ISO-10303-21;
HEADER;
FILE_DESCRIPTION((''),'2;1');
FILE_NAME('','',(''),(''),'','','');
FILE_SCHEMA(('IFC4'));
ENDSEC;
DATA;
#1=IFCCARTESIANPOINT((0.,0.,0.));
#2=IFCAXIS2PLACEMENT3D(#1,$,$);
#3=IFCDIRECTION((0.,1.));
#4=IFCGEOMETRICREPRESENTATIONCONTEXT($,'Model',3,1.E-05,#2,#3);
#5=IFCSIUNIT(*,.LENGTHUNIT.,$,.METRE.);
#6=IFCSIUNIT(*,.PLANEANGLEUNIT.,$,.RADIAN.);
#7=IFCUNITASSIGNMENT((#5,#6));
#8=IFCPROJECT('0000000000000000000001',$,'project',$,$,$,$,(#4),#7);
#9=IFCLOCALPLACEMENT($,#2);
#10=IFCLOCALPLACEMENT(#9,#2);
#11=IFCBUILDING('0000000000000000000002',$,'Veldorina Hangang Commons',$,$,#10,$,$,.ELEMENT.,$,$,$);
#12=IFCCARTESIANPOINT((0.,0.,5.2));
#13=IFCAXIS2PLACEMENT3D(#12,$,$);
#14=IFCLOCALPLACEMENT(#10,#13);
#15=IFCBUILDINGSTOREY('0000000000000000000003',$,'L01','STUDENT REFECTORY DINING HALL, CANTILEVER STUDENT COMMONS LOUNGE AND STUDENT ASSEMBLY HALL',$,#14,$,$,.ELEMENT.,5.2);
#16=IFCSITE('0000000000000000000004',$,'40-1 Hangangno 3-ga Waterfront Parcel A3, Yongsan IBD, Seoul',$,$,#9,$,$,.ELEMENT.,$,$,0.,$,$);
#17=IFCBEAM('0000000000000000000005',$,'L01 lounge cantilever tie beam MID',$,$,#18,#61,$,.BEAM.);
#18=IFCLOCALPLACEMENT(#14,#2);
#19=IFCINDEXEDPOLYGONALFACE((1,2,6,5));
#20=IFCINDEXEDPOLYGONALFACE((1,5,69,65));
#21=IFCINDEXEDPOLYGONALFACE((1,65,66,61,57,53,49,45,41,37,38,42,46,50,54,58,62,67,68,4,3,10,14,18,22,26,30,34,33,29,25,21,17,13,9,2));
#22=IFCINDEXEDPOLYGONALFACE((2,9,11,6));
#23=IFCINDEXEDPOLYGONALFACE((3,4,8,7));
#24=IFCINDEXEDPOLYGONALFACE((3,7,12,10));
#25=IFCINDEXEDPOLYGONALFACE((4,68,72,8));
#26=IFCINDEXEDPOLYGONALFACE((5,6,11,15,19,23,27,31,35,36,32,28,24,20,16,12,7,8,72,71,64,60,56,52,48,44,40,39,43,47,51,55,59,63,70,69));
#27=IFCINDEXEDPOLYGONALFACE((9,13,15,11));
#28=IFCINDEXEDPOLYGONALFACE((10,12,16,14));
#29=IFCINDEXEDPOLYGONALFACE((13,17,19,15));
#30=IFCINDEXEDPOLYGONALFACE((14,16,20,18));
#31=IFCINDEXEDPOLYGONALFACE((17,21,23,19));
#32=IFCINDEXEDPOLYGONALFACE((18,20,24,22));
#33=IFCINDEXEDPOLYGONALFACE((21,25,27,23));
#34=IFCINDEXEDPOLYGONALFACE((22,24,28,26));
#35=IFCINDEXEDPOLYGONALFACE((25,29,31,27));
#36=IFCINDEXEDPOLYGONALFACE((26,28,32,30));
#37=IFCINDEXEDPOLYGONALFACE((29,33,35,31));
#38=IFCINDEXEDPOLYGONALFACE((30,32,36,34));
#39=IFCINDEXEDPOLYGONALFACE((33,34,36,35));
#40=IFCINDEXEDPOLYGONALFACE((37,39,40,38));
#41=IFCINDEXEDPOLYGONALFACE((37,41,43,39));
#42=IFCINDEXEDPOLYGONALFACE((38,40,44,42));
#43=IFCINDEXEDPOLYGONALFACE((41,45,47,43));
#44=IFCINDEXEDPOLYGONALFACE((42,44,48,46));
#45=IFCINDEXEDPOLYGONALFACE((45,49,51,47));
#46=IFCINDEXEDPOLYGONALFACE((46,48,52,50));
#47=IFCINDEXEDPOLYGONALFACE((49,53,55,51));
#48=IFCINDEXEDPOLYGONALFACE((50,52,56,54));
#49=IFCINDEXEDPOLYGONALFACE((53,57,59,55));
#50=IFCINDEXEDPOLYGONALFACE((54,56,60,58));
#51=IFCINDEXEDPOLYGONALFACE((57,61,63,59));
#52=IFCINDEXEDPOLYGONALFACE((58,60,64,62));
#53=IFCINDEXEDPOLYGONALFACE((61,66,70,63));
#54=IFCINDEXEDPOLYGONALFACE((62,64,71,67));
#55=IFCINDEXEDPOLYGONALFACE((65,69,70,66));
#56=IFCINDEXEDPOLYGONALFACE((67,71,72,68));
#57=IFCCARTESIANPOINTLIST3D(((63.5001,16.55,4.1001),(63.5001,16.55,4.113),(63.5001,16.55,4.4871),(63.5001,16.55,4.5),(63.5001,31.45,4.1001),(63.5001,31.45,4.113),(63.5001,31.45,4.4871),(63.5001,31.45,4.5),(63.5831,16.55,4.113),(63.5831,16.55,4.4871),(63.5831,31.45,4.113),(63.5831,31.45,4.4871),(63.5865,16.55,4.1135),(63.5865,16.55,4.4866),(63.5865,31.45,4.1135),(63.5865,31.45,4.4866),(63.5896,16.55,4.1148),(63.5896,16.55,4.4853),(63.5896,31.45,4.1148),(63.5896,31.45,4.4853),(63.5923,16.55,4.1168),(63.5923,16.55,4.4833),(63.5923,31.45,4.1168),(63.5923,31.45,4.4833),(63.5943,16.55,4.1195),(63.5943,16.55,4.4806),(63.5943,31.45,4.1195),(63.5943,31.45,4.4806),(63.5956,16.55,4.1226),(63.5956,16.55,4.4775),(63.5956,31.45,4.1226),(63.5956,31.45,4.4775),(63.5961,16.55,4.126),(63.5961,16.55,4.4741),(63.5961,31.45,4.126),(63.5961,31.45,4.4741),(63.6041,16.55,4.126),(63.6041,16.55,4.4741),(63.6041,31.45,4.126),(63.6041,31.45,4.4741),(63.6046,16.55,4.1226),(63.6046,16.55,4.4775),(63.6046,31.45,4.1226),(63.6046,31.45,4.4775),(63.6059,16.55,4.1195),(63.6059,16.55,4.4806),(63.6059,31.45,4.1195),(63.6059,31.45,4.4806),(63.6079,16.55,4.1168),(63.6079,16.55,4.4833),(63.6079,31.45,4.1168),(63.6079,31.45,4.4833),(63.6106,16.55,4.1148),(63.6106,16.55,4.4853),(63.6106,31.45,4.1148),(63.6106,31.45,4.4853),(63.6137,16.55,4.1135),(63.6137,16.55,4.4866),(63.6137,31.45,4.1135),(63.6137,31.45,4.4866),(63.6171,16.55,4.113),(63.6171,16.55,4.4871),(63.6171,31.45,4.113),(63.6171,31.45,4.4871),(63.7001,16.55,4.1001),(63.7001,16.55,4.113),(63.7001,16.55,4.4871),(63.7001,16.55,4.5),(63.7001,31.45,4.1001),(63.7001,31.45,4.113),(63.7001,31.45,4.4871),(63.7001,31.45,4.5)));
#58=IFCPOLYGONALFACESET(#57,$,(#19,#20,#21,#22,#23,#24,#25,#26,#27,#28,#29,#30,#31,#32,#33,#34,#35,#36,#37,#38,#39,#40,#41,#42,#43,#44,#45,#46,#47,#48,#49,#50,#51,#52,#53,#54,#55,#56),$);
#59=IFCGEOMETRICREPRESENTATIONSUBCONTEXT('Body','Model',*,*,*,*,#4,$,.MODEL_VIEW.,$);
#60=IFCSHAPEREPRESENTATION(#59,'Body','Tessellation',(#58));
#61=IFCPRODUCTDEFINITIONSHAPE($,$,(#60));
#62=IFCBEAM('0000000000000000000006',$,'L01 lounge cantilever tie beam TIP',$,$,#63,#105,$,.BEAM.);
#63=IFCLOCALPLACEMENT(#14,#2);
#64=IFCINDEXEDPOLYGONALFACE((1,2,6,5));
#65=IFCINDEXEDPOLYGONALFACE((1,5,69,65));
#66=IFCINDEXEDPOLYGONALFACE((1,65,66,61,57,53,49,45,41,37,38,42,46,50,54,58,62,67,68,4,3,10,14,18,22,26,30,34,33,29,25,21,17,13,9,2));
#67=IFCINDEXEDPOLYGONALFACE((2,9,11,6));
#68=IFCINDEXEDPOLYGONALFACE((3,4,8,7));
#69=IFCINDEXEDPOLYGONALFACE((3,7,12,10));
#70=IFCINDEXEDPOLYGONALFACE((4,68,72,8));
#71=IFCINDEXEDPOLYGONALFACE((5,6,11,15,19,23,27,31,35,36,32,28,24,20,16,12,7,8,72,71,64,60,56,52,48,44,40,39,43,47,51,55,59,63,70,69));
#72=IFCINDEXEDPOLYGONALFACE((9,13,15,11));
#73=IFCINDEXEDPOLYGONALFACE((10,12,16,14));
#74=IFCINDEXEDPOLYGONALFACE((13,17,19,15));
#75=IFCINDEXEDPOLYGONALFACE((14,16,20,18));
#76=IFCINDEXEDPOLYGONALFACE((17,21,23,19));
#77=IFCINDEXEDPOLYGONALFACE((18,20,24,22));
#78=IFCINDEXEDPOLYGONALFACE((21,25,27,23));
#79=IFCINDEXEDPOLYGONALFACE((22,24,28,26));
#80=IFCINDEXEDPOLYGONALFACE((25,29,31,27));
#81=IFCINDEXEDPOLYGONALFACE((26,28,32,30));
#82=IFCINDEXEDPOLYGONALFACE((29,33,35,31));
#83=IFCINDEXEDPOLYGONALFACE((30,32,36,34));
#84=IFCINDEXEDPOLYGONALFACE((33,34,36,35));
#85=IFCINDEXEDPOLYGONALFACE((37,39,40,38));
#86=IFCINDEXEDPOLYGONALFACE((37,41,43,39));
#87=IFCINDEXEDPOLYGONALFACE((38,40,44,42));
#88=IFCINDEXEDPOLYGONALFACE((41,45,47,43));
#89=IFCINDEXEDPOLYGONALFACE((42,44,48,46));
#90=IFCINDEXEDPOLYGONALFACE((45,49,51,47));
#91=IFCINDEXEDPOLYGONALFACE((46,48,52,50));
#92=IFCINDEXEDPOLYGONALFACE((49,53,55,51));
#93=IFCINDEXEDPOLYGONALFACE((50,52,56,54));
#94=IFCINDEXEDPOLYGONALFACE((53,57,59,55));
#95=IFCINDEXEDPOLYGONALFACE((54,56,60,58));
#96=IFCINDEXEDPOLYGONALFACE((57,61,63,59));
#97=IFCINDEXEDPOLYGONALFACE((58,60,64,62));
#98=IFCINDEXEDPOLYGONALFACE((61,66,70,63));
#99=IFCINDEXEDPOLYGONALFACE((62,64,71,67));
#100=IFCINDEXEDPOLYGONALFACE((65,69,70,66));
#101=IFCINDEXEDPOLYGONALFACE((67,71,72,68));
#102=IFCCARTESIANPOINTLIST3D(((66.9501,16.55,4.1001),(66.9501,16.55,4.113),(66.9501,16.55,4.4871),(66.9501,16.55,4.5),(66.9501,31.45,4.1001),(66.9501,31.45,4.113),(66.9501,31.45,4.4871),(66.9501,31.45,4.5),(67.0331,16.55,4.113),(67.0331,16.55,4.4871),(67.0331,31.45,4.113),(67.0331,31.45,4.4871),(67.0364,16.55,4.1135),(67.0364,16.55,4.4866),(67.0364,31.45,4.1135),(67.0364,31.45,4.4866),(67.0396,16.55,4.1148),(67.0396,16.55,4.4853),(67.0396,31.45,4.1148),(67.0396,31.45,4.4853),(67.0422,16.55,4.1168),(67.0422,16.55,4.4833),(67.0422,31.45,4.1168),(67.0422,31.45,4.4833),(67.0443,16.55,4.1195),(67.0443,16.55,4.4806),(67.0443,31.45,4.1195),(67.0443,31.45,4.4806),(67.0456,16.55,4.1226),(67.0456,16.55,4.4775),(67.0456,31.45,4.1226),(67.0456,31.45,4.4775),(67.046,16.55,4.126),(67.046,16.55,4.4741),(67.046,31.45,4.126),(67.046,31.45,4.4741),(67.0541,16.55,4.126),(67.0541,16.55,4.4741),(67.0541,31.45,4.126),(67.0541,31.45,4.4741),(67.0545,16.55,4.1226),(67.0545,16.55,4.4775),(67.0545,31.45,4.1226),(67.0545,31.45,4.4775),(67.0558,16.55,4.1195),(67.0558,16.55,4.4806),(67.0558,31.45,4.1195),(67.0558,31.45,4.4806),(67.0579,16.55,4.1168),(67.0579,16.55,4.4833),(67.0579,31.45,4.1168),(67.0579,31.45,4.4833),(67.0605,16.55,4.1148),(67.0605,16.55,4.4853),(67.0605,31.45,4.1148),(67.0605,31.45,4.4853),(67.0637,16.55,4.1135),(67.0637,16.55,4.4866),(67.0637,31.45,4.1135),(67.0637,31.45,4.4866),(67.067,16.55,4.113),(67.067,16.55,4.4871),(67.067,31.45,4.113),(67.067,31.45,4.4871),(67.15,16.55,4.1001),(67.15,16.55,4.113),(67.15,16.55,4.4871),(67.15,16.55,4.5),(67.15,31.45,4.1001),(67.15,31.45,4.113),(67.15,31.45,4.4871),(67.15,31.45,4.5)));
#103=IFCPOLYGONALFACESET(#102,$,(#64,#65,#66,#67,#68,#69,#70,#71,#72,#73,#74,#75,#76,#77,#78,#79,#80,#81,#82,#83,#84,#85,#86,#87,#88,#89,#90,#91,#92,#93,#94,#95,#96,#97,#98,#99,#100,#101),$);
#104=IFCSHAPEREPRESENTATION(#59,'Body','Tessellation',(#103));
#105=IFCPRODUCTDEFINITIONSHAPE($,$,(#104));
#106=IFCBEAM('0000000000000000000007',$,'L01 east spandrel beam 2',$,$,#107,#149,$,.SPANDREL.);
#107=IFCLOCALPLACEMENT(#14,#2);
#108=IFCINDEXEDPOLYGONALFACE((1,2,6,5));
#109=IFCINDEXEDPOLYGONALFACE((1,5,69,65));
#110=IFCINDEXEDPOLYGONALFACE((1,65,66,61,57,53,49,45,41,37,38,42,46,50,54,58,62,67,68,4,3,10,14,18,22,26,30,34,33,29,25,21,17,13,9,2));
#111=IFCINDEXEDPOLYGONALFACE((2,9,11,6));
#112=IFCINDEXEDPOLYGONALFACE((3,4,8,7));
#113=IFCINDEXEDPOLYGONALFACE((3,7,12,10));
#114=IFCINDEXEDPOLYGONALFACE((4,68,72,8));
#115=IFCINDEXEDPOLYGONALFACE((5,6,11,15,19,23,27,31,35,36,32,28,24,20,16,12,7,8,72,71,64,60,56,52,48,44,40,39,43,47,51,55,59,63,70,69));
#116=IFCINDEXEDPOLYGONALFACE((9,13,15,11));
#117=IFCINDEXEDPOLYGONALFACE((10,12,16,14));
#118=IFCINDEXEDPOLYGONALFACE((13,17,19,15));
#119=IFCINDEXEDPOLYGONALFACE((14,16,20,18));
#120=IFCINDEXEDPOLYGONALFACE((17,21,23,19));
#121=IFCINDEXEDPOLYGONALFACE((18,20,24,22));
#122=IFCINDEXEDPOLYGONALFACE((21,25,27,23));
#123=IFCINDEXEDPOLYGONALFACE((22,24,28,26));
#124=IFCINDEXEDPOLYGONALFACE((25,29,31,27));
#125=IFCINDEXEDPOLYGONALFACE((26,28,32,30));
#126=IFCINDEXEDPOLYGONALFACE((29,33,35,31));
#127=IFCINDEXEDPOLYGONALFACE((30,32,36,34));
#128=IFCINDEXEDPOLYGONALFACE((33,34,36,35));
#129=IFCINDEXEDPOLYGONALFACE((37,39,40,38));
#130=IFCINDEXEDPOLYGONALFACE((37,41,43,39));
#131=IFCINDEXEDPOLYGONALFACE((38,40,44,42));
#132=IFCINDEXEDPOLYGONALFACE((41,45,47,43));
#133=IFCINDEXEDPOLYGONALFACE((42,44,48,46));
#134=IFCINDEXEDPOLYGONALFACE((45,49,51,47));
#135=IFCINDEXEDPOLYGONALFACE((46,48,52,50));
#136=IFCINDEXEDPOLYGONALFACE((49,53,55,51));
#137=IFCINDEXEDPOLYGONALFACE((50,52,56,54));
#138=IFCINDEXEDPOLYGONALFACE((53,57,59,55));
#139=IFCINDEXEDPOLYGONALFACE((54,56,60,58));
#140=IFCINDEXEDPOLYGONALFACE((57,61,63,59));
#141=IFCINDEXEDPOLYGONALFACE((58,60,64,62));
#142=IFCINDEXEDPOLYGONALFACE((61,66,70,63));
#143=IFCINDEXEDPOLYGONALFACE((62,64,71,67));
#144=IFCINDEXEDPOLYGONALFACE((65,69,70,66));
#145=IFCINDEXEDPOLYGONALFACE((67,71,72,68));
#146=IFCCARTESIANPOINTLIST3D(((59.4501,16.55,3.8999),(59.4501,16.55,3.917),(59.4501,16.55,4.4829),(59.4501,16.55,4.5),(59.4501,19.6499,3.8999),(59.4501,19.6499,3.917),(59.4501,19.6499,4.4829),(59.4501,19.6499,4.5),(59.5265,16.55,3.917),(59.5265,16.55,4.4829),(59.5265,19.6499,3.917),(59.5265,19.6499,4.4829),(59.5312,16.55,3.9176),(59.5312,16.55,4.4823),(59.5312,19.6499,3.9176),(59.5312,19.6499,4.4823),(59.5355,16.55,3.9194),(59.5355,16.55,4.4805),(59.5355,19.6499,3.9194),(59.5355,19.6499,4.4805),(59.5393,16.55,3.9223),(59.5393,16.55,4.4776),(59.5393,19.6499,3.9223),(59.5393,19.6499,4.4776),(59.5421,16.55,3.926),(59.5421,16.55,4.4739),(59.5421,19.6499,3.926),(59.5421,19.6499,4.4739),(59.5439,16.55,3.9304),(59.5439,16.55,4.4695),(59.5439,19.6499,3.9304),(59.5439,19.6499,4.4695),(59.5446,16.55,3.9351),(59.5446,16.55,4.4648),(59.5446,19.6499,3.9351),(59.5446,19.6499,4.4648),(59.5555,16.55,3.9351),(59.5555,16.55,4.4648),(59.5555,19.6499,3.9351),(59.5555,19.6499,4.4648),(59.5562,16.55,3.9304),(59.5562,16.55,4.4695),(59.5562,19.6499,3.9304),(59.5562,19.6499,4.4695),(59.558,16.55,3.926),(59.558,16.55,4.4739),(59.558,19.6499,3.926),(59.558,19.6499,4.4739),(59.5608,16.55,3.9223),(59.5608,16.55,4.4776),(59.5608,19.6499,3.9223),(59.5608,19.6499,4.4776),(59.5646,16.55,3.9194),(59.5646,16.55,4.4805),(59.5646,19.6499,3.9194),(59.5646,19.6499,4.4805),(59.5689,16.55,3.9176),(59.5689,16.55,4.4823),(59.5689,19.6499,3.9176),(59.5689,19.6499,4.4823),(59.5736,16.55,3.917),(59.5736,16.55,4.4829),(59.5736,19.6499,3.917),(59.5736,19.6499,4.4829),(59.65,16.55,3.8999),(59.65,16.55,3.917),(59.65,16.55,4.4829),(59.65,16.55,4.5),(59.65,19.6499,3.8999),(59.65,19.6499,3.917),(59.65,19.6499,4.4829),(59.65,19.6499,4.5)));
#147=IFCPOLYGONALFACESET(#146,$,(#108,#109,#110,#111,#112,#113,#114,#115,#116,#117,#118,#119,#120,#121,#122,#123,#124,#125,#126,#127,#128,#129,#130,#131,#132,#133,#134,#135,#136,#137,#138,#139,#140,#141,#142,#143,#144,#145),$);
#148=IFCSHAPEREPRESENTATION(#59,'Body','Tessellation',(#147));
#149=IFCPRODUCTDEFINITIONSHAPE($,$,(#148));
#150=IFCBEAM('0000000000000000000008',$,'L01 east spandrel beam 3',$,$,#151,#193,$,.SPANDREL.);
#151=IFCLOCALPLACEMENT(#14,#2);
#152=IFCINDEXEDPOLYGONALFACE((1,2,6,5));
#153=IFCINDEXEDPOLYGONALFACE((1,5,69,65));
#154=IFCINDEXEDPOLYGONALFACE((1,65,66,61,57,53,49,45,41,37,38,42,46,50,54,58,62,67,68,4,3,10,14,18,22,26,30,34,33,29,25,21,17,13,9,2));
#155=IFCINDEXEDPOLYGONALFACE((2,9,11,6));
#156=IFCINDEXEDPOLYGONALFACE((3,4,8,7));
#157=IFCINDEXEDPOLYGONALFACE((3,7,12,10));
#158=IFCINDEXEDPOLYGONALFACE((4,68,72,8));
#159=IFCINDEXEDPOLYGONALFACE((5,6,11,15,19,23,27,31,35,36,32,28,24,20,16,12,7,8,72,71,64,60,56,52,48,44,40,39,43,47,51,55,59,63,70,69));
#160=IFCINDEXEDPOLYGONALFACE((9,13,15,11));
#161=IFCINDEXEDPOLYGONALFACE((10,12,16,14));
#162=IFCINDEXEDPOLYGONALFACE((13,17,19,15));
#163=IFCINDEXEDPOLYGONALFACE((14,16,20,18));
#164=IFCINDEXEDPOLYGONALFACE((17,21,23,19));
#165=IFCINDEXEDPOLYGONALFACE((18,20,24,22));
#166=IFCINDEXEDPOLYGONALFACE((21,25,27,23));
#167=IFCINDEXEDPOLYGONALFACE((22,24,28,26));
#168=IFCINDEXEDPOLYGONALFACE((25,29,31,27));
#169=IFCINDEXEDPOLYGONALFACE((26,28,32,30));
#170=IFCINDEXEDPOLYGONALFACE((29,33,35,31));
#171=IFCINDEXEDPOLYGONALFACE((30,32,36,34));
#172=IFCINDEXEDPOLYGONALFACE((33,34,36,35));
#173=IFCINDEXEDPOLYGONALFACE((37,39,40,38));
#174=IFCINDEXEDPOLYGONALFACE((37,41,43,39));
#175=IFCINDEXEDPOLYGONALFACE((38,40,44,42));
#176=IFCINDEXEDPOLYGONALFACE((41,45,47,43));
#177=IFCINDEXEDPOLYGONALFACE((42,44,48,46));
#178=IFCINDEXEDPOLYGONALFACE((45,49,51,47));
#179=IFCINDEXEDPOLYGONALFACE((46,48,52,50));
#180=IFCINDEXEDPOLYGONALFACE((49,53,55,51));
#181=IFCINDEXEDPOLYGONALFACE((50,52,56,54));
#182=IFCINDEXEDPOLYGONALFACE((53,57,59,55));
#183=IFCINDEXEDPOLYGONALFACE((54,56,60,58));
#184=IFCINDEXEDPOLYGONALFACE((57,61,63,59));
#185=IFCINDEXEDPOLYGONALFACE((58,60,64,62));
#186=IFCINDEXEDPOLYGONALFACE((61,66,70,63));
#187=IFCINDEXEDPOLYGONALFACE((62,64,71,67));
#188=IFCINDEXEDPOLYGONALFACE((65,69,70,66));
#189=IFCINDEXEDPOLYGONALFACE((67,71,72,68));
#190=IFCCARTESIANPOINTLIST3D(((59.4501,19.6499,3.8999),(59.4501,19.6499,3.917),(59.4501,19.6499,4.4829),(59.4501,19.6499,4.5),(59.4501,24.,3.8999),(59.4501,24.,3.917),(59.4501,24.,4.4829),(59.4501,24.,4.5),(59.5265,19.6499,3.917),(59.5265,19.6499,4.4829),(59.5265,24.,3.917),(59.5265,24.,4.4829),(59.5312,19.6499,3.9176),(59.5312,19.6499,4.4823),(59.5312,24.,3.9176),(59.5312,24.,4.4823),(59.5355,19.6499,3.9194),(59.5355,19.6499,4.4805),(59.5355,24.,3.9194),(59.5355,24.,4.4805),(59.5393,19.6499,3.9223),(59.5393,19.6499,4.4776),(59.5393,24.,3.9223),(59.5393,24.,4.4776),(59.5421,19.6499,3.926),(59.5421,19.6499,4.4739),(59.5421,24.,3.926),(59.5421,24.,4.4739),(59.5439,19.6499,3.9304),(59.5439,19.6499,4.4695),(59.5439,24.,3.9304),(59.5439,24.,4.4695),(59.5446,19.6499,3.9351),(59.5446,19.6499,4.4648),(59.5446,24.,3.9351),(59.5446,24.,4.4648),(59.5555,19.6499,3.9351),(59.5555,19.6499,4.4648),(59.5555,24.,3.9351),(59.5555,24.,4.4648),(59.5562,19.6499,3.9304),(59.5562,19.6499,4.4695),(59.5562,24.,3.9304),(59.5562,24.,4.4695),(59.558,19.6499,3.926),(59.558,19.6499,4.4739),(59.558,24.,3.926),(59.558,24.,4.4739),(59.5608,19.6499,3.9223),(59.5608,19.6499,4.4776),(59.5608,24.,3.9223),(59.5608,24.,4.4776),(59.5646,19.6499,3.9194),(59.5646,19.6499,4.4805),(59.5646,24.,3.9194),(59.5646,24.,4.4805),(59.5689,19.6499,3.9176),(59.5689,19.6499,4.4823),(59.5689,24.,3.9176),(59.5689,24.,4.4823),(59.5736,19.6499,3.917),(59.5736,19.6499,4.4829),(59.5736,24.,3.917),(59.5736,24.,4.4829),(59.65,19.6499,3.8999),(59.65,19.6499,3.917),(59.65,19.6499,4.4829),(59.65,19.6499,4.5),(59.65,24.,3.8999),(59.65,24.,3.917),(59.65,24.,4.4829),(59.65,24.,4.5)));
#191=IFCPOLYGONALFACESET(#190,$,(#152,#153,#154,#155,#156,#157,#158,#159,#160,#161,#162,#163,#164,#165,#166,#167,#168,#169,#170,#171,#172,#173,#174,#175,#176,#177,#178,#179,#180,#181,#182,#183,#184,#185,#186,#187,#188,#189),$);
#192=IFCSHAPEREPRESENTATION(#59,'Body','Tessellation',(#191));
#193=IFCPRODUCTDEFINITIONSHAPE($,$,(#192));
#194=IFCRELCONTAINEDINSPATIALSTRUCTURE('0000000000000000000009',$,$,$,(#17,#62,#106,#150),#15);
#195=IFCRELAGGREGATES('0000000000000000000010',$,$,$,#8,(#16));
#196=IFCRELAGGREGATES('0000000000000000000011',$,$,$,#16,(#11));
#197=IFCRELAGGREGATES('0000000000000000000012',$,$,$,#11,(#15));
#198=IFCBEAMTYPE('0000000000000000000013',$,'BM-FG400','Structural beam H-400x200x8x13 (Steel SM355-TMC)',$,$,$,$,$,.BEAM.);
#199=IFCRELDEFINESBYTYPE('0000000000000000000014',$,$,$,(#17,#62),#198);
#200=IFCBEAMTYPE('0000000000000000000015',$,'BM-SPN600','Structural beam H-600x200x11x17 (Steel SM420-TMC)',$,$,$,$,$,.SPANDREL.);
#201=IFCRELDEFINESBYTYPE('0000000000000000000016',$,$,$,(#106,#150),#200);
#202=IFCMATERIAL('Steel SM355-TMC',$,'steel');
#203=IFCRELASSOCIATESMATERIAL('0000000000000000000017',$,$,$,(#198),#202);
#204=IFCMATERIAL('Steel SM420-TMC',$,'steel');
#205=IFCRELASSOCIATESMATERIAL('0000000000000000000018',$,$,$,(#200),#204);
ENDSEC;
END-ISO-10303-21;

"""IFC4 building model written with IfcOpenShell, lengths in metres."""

from ifc_helpers import new_model, si_unit, direction, frame, origin, origin_2d, place, context, subcontext, project, spatial, i_section, extrude, material, material_profile, profile_set, type_object, element, save


model = new_model("IFC4")

# Units and contexts
model_context = context("Model", 3, precision=1e-05, world=origin(), true_north=direction((0.0, 1.0)))
body_context = subcontext(model_context, "Body", "Model", "MODEL_VIEW")
ifc_project = project(units=[si_unit("LENGTHUNIT", "METRE"), si_unit("PLANEANGLEUNIT", "RADIAN")], contexts=[model_context])

# Site, building, storey
site_placement = place(None, origin())
site = spatial("IfcSite", under=ifc_project, at=site_placement, Name="40-1 Hangangno 3-ga Waterfront Parcel A3, Yongsan IBD, Seoul", CompositionType="ELEMENT", RefElevation=0.0)
building_placement = place(site_placement, origin())
building = spatial("IfcBuilding", under=site, at=building_placement, Name="Veldorina Hangang Commons", CompositionType="ELEMENT")
storey_placement = place(building_placement, frame((0.0, 0.0, 5.2)))
storey = spatial("IfcBuildingStorey", under=building, at=storey_placement, Name="L01", Description="STUDENT REFECTORY DINING HALL, CANTILEVER STUDENT COMMONS LOUNGE AND STUDENT ASSEMBLY HALL", CompositionType="ELEMENT", Elevation=5.2)

# Beams
ifc_material_1 = material(Name="Steel SM420-TMC", Category="steel")
ifc_material_2 = material(Name="Steel SM355-TMC", Category="steel")
ifc_material_profile_1 = material_profile(ifc_material_2, i_section(OverallWidth=0.2, OverallDepth=0.3999, WebThickness=0.0081, FlangeThickness=0.0129, FilletRadius=0.0129, at=origin_2d()), Name="H-400x200x8x13")
ifc_profile_set_1 = profile_set([ifc_material_profile_1], Name="Steel SM355-TMC")
beam_type_1 = type_object("IfcBeamType", Name="BM-FG400", Description="Structural beam H-400x200x8x13 (Steel SM355-TMC)", PredefinedType="BEAM", material=ifc_profile_set_1)
for number, where, z_axis, x_axis, name in (
    (1, (63.6001, 16.55, 4.3), (0.0, 1.0, 0.0), (-1.0, 0.0, 0.0), "L01 lounge cantilever tie beam MID"),
    (2, (67.05, 16.55, 4.3), (0.0, 1.0, 0.0), (-1.0, 0.0, 0.0), "L01 lounge cantilever tie beam TIP"),
):
    element("IfcBeam", number, at=place(storey_placement, frame(where, z_axis=z_axis, x_axis=x_axis)), inside=storey, type_object=beam_type_1, Name=name, PredefinedType="BEAM", context=body_context, shape_type="SweptSolid", body=[
        extrude(i_section(OverallWidth=0.2, OverallDepth=0.3999, WebThickness=0.0081, FlangeThickness=0.0129, FilletRadius=0.0129, at=origin_2d()), origin(), (0.0, 0.0, 1.0), 14.8999),
    ])
ifc_material_profile_2 = material_profile(ifc_material_1, i_section(OverallWidth=0.2, OverallDepth=0.6001, WebThickness=0.011, FlangeThickness=0.0171, FilletRadius=0.0181, at=origin_2d()), Name="H-600x200x11x17")
ifc_profile_set_2 = profile_set([ifc_material_profile_2], Name="Steel SM420-TMC")
beam_type_2 = type_object("IfcBeamType", Name="BM-SPN600", Description="Structural beam H-600x200x11x17 (Steel SM420-TMC)", PredefinedType="SPANDREL", material=ifc_profile_set_2)
beam_1_placement = place(storey_placement, frame((59.55, 16.55, 4.2), z_axis=(0.0, 1.0, 0.0), x_axis=(-1.0, 0.0, 0.0)))
element("IfcBeam", 3, at=beam_1_placement, inside=storey, type_object=beam_type_2, Name="L01 east spandrel beam 2", PredefinedType="SPANDREL", context=body_context, shape_type="SweptSolid", body=[
    extrude(i_section(OverallWidth=0.2, OverallDepth=0.6001, WebThickness=0.011, FlangeThickness=0.0171, FilletRadius=0.0181, at=origin_2d()), origin(), (0.0, 0.0, 1.0), 3.0999),
])
beam_2_placement = place(storey_placement, frame((59.55, 19.6499, 4.2), z_axis=(0.0, 1.0, 0.0), x_axis=(-1.0, 0.0, 0.0)))
element("IfcBeam", 4, at=beam_2_placement, inside=storey, type_object=beam_type_2, Name="L01 east spandrel beam 3", PredefinedType="SPANDREL", context=body_context, shape_type="SweptSolid", body=[
    extrude(i_section(OverallWidth=0.2, OverallDepth=0.6001, WebThickness=0.011, FlangeThickness=0.0171, FilletRadius=0.0181, at=origin_2d()), origin(), (0.0, 0.0, 1.0), 4.3501),
])

save(model, "model.ifc")
